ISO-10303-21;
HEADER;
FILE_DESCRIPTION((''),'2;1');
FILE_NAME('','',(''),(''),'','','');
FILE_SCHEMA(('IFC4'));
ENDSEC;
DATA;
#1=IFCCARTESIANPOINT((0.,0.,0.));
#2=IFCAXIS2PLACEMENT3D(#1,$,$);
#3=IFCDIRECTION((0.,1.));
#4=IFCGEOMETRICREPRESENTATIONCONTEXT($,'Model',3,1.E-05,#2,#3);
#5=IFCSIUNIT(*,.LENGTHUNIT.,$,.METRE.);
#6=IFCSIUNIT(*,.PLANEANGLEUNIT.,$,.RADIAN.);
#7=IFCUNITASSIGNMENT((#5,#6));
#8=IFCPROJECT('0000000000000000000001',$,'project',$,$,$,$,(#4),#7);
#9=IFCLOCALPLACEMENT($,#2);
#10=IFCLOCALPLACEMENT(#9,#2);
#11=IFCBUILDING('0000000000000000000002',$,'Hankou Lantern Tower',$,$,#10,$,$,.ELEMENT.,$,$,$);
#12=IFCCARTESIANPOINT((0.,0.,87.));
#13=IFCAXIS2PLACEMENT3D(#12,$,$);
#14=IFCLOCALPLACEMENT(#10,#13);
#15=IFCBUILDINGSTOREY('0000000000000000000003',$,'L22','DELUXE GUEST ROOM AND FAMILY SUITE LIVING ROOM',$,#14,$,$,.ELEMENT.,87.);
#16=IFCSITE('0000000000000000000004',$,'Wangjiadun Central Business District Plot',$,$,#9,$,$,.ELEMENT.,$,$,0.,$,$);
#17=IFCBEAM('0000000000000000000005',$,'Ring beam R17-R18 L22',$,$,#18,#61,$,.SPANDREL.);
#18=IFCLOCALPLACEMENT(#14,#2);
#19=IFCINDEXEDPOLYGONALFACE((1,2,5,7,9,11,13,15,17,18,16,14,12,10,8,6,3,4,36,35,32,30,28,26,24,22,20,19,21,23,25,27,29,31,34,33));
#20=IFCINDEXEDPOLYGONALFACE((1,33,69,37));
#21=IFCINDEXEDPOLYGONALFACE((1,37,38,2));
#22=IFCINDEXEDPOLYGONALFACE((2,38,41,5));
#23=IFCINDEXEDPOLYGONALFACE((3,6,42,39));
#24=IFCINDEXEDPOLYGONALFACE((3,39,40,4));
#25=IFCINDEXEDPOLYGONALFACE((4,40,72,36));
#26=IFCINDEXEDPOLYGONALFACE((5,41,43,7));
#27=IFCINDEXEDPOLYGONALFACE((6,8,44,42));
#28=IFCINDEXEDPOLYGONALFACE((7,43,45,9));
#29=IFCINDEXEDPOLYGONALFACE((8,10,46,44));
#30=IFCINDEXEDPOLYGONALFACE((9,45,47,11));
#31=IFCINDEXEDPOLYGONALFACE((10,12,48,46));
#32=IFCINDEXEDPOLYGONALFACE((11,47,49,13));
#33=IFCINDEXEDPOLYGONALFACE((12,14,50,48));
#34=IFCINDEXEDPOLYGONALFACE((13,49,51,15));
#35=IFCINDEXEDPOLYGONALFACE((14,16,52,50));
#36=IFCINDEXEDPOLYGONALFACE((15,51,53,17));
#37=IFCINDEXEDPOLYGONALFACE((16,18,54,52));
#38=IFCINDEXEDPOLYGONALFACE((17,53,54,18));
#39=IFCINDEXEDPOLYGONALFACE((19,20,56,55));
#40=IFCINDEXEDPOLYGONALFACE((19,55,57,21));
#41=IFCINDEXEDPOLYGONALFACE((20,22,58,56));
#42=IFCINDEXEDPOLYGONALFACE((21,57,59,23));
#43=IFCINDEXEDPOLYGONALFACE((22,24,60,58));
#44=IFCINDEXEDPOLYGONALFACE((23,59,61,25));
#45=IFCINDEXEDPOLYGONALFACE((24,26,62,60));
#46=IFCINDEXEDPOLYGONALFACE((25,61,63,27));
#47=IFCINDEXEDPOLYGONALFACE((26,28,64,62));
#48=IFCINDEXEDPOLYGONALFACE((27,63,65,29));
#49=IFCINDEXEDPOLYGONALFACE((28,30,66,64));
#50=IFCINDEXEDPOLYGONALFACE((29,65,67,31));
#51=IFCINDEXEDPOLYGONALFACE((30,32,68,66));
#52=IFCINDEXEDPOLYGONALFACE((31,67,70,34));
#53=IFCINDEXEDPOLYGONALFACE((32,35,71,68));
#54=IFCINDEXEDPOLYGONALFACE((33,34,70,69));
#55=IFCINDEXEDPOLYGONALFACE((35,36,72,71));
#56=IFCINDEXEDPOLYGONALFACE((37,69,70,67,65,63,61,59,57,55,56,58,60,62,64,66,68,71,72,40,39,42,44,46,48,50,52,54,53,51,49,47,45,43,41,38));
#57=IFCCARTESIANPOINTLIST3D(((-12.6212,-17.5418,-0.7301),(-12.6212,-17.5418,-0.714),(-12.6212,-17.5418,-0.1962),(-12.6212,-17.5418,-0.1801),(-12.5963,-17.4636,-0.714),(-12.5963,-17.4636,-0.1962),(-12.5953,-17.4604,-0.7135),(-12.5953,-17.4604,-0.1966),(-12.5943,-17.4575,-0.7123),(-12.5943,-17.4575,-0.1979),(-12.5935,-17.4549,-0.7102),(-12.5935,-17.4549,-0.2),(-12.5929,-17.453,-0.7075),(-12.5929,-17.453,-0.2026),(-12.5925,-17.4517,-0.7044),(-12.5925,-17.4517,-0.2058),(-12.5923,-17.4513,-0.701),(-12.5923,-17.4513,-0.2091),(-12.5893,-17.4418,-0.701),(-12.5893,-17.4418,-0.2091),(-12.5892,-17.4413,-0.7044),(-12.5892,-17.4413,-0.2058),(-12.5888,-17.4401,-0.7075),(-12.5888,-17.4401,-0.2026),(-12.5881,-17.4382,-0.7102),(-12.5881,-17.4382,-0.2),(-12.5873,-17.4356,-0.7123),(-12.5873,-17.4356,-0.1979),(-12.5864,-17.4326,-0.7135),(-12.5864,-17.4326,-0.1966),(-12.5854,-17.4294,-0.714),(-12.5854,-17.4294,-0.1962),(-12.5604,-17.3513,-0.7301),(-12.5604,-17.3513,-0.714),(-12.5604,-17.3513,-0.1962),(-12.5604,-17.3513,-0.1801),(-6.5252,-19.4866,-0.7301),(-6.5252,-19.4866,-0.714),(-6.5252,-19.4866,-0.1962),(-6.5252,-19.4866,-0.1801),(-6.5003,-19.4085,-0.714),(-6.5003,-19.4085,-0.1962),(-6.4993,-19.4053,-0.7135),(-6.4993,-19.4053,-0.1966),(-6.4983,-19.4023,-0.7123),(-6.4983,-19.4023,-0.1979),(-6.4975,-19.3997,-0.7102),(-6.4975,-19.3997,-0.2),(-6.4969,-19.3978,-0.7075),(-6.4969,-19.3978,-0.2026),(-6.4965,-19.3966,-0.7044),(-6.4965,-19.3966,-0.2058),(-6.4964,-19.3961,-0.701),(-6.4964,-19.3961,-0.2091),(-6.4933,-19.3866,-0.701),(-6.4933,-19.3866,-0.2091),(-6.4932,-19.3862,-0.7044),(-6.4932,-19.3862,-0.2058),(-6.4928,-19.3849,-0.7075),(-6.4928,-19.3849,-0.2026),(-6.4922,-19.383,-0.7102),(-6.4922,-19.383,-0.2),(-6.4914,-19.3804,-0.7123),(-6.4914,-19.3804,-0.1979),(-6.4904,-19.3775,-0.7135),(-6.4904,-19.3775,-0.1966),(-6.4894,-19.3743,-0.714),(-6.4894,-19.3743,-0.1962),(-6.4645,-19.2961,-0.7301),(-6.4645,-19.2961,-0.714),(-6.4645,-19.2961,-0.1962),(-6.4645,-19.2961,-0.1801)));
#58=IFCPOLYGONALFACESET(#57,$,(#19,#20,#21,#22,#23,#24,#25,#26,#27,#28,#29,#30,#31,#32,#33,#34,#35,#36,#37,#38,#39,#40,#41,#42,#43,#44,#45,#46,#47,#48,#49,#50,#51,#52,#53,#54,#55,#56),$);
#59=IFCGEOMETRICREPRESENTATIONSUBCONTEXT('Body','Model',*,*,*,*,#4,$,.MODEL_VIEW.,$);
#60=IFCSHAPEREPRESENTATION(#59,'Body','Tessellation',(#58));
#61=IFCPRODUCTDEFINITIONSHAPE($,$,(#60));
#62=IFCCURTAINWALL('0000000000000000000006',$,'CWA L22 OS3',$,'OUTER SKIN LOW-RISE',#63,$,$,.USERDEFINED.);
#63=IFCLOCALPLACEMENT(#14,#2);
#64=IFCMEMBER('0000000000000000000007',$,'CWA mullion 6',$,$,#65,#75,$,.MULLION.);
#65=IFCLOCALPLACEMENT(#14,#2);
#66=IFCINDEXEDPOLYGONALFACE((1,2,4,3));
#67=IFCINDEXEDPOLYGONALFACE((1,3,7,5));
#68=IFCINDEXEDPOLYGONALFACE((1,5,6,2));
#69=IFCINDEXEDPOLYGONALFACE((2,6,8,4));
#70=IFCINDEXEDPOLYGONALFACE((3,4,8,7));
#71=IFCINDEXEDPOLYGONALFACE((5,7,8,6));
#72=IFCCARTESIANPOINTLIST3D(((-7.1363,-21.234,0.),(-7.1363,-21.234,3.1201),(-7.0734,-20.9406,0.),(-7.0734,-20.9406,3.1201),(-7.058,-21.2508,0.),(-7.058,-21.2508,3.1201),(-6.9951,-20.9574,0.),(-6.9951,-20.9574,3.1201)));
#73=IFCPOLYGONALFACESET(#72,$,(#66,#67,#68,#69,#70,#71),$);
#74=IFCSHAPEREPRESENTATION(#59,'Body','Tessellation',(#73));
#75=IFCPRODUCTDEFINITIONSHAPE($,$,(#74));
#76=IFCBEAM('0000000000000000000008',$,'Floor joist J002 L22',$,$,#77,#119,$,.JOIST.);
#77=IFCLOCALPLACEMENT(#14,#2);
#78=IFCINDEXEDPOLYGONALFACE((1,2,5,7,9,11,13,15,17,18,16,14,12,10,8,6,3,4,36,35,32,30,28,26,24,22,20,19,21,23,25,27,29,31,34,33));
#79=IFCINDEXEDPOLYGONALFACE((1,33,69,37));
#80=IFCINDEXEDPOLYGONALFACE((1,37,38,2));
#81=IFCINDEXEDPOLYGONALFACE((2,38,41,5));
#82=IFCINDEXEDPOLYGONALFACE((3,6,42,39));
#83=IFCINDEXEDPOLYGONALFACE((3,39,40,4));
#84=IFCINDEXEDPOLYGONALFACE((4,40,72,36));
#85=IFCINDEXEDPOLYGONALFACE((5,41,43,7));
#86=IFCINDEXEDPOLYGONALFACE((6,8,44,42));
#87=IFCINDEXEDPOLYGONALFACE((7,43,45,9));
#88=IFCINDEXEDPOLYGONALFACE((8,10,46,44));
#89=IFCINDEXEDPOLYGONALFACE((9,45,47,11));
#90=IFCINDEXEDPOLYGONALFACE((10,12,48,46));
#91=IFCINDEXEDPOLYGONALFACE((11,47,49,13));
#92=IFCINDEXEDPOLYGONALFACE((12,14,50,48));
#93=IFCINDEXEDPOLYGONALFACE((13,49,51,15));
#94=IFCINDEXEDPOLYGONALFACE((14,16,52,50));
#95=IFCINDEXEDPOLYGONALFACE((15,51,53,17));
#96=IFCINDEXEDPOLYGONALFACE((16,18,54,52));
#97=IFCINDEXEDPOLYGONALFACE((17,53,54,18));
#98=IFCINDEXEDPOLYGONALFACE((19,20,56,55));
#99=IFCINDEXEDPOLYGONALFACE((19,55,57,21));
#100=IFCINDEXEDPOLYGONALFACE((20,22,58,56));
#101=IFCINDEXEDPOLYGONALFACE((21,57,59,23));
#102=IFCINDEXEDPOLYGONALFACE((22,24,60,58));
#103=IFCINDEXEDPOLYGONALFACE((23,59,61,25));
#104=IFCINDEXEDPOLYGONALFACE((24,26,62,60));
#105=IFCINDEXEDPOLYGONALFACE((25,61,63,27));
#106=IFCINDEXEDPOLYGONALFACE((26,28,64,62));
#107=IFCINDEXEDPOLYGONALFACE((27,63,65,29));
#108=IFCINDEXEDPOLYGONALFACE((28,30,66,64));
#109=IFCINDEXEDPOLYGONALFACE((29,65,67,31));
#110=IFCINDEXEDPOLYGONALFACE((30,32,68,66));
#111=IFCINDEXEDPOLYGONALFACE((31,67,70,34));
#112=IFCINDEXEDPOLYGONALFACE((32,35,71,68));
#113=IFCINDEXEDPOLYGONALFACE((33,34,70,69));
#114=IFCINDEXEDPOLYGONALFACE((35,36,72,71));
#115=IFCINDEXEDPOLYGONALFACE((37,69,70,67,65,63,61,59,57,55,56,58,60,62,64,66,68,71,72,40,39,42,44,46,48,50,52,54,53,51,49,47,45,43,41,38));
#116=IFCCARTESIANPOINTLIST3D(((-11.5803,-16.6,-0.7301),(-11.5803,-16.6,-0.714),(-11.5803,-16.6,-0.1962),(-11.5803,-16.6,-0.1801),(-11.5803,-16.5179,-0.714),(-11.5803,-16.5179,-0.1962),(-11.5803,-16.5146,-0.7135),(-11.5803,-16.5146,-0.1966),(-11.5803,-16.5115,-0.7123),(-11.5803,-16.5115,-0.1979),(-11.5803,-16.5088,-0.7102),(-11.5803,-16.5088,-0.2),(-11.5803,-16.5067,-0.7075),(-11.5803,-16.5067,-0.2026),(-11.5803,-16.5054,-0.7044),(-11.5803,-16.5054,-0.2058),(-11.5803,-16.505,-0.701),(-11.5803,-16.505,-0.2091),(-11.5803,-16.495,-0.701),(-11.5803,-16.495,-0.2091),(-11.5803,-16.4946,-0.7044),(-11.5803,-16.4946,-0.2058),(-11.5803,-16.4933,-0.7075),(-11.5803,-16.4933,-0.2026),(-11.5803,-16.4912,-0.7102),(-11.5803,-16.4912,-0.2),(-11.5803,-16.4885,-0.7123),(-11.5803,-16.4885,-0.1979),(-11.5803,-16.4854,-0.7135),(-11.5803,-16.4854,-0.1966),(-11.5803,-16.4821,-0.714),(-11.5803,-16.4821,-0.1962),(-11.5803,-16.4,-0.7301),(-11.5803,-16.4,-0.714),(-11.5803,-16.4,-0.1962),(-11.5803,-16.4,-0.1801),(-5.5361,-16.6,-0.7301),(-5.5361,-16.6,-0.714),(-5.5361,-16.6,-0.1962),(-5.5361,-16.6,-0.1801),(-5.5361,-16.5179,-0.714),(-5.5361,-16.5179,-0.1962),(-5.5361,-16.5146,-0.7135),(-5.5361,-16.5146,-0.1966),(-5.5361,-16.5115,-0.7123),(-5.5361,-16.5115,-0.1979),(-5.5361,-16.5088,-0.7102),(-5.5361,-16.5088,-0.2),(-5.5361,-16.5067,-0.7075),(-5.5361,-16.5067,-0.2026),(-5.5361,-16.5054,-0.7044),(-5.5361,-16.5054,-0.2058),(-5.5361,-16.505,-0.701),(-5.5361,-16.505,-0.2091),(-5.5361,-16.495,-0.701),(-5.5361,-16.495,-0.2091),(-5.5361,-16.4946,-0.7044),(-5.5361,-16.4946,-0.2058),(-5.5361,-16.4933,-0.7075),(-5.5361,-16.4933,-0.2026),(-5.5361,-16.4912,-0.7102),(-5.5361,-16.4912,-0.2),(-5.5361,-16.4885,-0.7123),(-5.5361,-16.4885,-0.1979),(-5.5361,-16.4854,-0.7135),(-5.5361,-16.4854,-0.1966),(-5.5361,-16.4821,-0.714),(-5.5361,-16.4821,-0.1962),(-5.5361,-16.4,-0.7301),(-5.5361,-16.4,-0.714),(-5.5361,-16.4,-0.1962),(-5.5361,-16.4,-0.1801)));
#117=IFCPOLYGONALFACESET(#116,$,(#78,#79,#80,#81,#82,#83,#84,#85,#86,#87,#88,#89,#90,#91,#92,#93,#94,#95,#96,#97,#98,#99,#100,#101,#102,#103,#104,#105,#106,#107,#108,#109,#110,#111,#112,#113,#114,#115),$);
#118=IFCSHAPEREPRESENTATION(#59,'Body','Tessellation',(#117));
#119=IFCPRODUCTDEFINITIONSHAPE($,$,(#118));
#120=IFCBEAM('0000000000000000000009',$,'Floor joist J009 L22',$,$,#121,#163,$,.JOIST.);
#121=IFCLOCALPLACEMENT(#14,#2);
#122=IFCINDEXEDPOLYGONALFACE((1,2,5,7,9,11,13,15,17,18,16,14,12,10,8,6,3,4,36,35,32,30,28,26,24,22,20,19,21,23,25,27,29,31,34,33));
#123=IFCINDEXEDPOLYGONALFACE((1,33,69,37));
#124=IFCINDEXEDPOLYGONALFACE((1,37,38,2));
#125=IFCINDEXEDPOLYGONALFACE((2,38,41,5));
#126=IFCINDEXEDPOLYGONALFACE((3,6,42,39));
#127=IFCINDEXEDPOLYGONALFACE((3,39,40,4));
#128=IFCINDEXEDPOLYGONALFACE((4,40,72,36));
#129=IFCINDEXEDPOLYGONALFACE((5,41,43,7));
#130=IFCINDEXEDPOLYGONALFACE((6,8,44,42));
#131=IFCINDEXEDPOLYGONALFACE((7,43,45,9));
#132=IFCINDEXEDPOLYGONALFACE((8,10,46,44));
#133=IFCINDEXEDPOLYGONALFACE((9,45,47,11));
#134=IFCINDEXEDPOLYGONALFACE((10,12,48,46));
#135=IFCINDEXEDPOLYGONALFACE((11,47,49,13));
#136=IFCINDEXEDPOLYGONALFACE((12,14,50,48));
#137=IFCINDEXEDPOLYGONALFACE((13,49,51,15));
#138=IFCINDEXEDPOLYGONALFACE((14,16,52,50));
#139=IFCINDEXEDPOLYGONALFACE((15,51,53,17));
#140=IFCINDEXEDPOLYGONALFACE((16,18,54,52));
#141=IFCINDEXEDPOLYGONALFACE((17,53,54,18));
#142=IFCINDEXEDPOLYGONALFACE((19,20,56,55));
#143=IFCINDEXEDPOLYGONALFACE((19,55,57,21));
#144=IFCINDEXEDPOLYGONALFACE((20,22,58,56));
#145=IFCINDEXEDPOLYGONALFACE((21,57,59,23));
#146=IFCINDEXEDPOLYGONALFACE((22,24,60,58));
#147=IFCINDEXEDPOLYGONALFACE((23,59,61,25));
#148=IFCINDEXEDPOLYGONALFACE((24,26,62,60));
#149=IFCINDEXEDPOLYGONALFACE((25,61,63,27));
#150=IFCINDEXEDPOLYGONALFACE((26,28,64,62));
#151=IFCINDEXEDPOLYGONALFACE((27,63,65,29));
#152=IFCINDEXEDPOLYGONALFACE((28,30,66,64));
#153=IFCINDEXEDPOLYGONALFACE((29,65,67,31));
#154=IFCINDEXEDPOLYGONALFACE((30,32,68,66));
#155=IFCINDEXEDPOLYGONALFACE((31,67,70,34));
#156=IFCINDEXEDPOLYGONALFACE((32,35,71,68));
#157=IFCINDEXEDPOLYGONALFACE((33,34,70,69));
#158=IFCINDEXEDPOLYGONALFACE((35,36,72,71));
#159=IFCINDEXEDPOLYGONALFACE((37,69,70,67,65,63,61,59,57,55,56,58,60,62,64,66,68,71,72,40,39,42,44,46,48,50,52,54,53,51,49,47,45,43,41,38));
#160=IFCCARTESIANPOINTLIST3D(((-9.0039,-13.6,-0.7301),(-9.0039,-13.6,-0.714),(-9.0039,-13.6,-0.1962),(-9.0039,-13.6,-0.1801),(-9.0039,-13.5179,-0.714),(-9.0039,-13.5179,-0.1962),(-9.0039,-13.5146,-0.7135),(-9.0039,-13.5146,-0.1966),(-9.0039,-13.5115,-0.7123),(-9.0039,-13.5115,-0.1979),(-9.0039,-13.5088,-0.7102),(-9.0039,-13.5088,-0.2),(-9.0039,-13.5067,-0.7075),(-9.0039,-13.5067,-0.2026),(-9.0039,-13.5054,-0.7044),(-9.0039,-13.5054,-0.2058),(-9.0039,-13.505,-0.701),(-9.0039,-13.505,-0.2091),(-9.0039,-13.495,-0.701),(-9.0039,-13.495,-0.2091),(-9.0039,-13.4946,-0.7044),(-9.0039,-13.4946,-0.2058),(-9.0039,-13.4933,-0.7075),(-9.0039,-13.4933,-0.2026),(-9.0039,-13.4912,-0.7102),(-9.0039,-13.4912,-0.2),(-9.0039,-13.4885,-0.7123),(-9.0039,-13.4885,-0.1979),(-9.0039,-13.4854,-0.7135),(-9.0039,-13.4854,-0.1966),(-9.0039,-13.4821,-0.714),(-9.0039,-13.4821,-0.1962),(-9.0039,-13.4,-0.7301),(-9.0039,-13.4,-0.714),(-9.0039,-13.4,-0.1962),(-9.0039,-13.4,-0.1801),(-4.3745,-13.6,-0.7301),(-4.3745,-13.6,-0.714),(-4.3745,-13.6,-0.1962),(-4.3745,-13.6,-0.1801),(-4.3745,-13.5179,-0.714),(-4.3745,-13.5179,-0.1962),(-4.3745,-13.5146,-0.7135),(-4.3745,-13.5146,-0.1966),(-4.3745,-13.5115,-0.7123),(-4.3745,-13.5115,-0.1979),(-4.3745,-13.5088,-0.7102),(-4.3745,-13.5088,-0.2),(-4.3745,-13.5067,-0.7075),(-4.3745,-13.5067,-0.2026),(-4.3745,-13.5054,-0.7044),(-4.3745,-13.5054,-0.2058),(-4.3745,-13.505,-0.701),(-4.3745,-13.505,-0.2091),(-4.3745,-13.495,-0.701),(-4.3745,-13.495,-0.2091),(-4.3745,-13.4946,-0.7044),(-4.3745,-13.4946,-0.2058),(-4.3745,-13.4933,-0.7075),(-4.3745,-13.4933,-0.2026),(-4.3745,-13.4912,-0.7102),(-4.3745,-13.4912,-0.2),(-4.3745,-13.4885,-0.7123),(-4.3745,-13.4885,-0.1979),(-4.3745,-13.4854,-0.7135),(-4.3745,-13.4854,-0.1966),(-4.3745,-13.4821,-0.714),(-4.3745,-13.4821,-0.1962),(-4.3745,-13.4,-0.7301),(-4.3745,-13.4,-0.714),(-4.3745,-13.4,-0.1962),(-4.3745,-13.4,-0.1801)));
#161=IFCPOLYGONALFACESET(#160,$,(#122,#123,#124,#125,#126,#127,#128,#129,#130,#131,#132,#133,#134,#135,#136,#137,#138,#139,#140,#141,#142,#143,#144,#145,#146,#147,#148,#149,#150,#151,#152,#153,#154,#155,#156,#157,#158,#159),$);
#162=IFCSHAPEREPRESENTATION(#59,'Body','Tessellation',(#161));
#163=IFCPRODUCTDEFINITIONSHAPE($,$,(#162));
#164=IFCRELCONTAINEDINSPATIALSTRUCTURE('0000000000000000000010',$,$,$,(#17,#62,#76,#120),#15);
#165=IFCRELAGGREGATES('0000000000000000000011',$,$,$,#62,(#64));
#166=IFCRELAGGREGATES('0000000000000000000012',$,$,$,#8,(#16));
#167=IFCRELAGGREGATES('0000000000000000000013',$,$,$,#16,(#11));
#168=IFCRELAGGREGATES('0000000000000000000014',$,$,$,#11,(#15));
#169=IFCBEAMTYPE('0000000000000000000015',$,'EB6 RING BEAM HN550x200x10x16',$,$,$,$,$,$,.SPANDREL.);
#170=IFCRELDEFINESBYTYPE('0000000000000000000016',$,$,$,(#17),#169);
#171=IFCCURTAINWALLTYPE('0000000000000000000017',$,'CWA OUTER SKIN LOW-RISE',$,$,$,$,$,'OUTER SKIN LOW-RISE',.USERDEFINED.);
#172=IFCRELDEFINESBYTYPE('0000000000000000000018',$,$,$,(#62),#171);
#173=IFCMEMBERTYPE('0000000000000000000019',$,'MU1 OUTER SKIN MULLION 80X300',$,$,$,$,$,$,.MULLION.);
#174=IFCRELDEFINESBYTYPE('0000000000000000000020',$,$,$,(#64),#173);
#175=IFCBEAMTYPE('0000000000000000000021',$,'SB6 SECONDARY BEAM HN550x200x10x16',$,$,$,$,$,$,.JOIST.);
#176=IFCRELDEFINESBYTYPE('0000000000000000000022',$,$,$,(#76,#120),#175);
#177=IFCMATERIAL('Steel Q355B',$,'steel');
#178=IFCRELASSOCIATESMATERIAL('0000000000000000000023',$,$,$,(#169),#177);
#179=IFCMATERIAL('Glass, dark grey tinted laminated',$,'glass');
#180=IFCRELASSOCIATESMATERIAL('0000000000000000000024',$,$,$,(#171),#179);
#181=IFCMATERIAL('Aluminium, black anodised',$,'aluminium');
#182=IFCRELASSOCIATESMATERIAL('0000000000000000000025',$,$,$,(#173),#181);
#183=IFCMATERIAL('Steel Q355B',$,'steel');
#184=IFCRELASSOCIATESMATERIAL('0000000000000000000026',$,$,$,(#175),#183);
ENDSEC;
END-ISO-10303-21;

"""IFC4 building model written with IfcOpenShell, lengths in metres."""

from ifc_helpers import new_model, si_unit, direction, frame, origin, origin_2d, place, context, subcontext, project, spatial, rectangle, i_section, extrude, material, material_profile, profile_set, type_object, element, aggregate, save


model = new_model("IFC4")

# Units and contexts
model_context = context("Model", 3, precision=1e-05, world=origin(), true_north=direction((0.0, 1.0)))
body_context = subcontext(model_context, "Body", "Model", "MODEL_VIEW")
ifc_project = project(units=[si_unit("LENGTHUNIT", "METRE"), si_unit("PLANEANGLEUNIT", "RADIAN")], contexts=[model_context])

# Site, building, storey
site_placement = place(None, origin())
site = spatial("IfcSite", under=ifc_project, at=site_placement, Name="Wangjiadun Central Business District Plot", CompositionType="ELEMENT", RefElevation=0.0)
building_placement = place(site_placement, origin())
building = spatial("IfcBuilding", under=site, at=building_placement, Name="Hankou Lantern Tower", CompositionType="ELEMENT")
storey_placement = place(building_placement, frame((0.0, 0.0, 87.0)))
storey = spatial("IfcBuildingStorey", under=building, at=storey_placement, Name="L22", Description="DELUXE GUEST ROOM AND FAMILY SUITE LIVING ROOM", CompositionType="ELEMENT", Elevation=87.0)

# Beam
ifc_material_1 = material(Name="Steel Q355B", Category="steel")
ifc_material_profile_1 = material_profile(ifc_material_1, i_section(OverallWidth=0.2, OverallDepth=0.55, WebThickness=0.01, FlangeThickness=0.0161, FilletRadius=0.0129, at=origin_2d()), Name="HN550x200x10x16")
ifc_profile_set_1 = profile_set([ifc_material_profile_1], Name="Steel Q355B")
beam_type_1 = type_object("IfcBeamType", Name="EB6 RING BEAM HN550x200x10x16", PredefinedType="SPANDREL", material=ifc_profile_set_1)
beam_1_placement = place(storey_placement, frame((-12.5908, -17.4465, -0.4551), z_axis=(0.95269, -0.303942, 0.0), x_axis=(0.303942, 0.95269, 0.0)))
element("IfcBeam", 1, at=beam_1_placement, inside=storey, type_object=beam_type_1, Name="Ring beam R17-R18 L22", PredefinedType="SPANDREL", context=body_context, shape_type="SweptSolid", body=[
    extrude(i_section(OverallWidth=0.2, OverallDepth=0.55, WebThickness=0.01, FlangeThickness=0.0161, FilletRadius=0.0129, at=origin_2d()), origin(), (0.0, 0.0, 1.0), 6.3987),
])

# Curtain wall, member
ifc_material_2 = material(Name="Glass, dark grey tinted laminated", Category="glass")
curtain_wall_type = type_object("IfcCurtainWallType", Name="CWA OUTER SKIN LOW-RISE", ElementType="OUTER SKIN LOW-RISE", PredefinedType="USERDEFINED", material=ifc_material_2)
curtain_wall_placement = place(storey_placement, origin())
curtain_wall = element("IfcCurtainWall", 2, at=curtain_wall_placement, inside=storey, type_object=curtain_wall_type, Name="CWA L22 OS3", ObjectType="OUTER SKIN LOW-RISE", PredefinedType="USERDEFINED")
ifc_material_3 = material(Name="Aluminium, black anodised", Category="aluminium")
ifc_material_profile_2 = material_profile(ifc_material_3, rectangle(XDim=0.0801, YDim=0.3, at=origin_2d()), Name="MU1 80X300")
ifc_profile_set_2 = profile_set([ifc_material_profile_2], Name="Aluminium, black anodised")
member_type = type_object("IfcMemberType", Name="MU1 OUTER SKIN MULLION 80X300", PredefinedType="MULLION", material=ifc_profile_set_2)
member_placement = place(storey_placement, frame((-7.0657, -21.0957, 0.0), z_axis=(0.0, 0.0, 1.0), x_axis=(0.977788, -0.209598, 0.0)))
member = element("IfcMember", 3, at=member_placement, type_object=member_type, Name="CWA mullion 6", PredefinedType="MULLION", context=body_context, shape_type="SweptSolid", body=[
    extrude(rectangle(XDim=0.0801, YDim=0.3, at=origin_2d()), origin(), (0.0, 0.0, 1.0), 3.1201),
])

# Beams
ifc_material_4 = material(Name="Steel Q355B", Category="steel")
ifc_material_profile_3 = material_profile(ifc_material_4, i_section(OverallWidth=0.2, OverallDepth=0.55, WebThickness=0.01, FlangeThickness=0.0161, FilletRadius=0.0129, at=origin_2d()), Name="HN550x200x10x16")
ifc_profile_set_3 = profile_set([ifc_material_profile_3], Name="Steel Q355B")
beam_type_2 = type_object("IfcBeamType", Name="SB6 SECONDARY BEAM HN550x200x10x16", PredefinedType="JOIST", material=ifc_profile_set_3)
beam_2_placement = place(storey_placement, frame((-11.5803, -16.5, -0.4551), z_axis=(1.0, 0.0, 0.0), x_axis=(0.0, 1.0, 0.0)))
element("IfcBeam", 4, at=beam_2_placement, inside=storey, type_object=beam_type_2, Name="Floor joist J002 L22", PredefinedType="JOIST", context=body_context, shape_type="SweptSolid", body=[
    extrude(i_section(OverallWidth=0.2, OverallDepth=0.55, WebThickness=0.01, FlangeThickness=0.0161, FilletRadius=0.0129, at=origin_2d()), origin(), (0.0, 0.0, 1.0), 6.0442),
])
beam_3_placement = place(storey_placement, frame((-9.0039, -13.5, -0.4551), z_axis=(1.0, 0.0, 0.0), x_axis=(0.0, 1.0, 0.0)))
element("IfcBeam", 5, at=beam_3_placement, inside=storey, type_object=beam_type_2, Name="Floor joist J009 L22", PredefinedType="JOIST", context=body_context, shape_type="SweptSolid", body=[
    extrude(i_section(OverallWidth=0.2, OverallDepth=0.55, WebThickness=0.01, FlangeThickness=0.0161, FilletRadius=0.0129, at=origin_2d()), origin(), (0.0, 0.0, 1.0), 4.6294),
])

aggregate(curtain_wall, [member])

save(model, "model.ifc")
